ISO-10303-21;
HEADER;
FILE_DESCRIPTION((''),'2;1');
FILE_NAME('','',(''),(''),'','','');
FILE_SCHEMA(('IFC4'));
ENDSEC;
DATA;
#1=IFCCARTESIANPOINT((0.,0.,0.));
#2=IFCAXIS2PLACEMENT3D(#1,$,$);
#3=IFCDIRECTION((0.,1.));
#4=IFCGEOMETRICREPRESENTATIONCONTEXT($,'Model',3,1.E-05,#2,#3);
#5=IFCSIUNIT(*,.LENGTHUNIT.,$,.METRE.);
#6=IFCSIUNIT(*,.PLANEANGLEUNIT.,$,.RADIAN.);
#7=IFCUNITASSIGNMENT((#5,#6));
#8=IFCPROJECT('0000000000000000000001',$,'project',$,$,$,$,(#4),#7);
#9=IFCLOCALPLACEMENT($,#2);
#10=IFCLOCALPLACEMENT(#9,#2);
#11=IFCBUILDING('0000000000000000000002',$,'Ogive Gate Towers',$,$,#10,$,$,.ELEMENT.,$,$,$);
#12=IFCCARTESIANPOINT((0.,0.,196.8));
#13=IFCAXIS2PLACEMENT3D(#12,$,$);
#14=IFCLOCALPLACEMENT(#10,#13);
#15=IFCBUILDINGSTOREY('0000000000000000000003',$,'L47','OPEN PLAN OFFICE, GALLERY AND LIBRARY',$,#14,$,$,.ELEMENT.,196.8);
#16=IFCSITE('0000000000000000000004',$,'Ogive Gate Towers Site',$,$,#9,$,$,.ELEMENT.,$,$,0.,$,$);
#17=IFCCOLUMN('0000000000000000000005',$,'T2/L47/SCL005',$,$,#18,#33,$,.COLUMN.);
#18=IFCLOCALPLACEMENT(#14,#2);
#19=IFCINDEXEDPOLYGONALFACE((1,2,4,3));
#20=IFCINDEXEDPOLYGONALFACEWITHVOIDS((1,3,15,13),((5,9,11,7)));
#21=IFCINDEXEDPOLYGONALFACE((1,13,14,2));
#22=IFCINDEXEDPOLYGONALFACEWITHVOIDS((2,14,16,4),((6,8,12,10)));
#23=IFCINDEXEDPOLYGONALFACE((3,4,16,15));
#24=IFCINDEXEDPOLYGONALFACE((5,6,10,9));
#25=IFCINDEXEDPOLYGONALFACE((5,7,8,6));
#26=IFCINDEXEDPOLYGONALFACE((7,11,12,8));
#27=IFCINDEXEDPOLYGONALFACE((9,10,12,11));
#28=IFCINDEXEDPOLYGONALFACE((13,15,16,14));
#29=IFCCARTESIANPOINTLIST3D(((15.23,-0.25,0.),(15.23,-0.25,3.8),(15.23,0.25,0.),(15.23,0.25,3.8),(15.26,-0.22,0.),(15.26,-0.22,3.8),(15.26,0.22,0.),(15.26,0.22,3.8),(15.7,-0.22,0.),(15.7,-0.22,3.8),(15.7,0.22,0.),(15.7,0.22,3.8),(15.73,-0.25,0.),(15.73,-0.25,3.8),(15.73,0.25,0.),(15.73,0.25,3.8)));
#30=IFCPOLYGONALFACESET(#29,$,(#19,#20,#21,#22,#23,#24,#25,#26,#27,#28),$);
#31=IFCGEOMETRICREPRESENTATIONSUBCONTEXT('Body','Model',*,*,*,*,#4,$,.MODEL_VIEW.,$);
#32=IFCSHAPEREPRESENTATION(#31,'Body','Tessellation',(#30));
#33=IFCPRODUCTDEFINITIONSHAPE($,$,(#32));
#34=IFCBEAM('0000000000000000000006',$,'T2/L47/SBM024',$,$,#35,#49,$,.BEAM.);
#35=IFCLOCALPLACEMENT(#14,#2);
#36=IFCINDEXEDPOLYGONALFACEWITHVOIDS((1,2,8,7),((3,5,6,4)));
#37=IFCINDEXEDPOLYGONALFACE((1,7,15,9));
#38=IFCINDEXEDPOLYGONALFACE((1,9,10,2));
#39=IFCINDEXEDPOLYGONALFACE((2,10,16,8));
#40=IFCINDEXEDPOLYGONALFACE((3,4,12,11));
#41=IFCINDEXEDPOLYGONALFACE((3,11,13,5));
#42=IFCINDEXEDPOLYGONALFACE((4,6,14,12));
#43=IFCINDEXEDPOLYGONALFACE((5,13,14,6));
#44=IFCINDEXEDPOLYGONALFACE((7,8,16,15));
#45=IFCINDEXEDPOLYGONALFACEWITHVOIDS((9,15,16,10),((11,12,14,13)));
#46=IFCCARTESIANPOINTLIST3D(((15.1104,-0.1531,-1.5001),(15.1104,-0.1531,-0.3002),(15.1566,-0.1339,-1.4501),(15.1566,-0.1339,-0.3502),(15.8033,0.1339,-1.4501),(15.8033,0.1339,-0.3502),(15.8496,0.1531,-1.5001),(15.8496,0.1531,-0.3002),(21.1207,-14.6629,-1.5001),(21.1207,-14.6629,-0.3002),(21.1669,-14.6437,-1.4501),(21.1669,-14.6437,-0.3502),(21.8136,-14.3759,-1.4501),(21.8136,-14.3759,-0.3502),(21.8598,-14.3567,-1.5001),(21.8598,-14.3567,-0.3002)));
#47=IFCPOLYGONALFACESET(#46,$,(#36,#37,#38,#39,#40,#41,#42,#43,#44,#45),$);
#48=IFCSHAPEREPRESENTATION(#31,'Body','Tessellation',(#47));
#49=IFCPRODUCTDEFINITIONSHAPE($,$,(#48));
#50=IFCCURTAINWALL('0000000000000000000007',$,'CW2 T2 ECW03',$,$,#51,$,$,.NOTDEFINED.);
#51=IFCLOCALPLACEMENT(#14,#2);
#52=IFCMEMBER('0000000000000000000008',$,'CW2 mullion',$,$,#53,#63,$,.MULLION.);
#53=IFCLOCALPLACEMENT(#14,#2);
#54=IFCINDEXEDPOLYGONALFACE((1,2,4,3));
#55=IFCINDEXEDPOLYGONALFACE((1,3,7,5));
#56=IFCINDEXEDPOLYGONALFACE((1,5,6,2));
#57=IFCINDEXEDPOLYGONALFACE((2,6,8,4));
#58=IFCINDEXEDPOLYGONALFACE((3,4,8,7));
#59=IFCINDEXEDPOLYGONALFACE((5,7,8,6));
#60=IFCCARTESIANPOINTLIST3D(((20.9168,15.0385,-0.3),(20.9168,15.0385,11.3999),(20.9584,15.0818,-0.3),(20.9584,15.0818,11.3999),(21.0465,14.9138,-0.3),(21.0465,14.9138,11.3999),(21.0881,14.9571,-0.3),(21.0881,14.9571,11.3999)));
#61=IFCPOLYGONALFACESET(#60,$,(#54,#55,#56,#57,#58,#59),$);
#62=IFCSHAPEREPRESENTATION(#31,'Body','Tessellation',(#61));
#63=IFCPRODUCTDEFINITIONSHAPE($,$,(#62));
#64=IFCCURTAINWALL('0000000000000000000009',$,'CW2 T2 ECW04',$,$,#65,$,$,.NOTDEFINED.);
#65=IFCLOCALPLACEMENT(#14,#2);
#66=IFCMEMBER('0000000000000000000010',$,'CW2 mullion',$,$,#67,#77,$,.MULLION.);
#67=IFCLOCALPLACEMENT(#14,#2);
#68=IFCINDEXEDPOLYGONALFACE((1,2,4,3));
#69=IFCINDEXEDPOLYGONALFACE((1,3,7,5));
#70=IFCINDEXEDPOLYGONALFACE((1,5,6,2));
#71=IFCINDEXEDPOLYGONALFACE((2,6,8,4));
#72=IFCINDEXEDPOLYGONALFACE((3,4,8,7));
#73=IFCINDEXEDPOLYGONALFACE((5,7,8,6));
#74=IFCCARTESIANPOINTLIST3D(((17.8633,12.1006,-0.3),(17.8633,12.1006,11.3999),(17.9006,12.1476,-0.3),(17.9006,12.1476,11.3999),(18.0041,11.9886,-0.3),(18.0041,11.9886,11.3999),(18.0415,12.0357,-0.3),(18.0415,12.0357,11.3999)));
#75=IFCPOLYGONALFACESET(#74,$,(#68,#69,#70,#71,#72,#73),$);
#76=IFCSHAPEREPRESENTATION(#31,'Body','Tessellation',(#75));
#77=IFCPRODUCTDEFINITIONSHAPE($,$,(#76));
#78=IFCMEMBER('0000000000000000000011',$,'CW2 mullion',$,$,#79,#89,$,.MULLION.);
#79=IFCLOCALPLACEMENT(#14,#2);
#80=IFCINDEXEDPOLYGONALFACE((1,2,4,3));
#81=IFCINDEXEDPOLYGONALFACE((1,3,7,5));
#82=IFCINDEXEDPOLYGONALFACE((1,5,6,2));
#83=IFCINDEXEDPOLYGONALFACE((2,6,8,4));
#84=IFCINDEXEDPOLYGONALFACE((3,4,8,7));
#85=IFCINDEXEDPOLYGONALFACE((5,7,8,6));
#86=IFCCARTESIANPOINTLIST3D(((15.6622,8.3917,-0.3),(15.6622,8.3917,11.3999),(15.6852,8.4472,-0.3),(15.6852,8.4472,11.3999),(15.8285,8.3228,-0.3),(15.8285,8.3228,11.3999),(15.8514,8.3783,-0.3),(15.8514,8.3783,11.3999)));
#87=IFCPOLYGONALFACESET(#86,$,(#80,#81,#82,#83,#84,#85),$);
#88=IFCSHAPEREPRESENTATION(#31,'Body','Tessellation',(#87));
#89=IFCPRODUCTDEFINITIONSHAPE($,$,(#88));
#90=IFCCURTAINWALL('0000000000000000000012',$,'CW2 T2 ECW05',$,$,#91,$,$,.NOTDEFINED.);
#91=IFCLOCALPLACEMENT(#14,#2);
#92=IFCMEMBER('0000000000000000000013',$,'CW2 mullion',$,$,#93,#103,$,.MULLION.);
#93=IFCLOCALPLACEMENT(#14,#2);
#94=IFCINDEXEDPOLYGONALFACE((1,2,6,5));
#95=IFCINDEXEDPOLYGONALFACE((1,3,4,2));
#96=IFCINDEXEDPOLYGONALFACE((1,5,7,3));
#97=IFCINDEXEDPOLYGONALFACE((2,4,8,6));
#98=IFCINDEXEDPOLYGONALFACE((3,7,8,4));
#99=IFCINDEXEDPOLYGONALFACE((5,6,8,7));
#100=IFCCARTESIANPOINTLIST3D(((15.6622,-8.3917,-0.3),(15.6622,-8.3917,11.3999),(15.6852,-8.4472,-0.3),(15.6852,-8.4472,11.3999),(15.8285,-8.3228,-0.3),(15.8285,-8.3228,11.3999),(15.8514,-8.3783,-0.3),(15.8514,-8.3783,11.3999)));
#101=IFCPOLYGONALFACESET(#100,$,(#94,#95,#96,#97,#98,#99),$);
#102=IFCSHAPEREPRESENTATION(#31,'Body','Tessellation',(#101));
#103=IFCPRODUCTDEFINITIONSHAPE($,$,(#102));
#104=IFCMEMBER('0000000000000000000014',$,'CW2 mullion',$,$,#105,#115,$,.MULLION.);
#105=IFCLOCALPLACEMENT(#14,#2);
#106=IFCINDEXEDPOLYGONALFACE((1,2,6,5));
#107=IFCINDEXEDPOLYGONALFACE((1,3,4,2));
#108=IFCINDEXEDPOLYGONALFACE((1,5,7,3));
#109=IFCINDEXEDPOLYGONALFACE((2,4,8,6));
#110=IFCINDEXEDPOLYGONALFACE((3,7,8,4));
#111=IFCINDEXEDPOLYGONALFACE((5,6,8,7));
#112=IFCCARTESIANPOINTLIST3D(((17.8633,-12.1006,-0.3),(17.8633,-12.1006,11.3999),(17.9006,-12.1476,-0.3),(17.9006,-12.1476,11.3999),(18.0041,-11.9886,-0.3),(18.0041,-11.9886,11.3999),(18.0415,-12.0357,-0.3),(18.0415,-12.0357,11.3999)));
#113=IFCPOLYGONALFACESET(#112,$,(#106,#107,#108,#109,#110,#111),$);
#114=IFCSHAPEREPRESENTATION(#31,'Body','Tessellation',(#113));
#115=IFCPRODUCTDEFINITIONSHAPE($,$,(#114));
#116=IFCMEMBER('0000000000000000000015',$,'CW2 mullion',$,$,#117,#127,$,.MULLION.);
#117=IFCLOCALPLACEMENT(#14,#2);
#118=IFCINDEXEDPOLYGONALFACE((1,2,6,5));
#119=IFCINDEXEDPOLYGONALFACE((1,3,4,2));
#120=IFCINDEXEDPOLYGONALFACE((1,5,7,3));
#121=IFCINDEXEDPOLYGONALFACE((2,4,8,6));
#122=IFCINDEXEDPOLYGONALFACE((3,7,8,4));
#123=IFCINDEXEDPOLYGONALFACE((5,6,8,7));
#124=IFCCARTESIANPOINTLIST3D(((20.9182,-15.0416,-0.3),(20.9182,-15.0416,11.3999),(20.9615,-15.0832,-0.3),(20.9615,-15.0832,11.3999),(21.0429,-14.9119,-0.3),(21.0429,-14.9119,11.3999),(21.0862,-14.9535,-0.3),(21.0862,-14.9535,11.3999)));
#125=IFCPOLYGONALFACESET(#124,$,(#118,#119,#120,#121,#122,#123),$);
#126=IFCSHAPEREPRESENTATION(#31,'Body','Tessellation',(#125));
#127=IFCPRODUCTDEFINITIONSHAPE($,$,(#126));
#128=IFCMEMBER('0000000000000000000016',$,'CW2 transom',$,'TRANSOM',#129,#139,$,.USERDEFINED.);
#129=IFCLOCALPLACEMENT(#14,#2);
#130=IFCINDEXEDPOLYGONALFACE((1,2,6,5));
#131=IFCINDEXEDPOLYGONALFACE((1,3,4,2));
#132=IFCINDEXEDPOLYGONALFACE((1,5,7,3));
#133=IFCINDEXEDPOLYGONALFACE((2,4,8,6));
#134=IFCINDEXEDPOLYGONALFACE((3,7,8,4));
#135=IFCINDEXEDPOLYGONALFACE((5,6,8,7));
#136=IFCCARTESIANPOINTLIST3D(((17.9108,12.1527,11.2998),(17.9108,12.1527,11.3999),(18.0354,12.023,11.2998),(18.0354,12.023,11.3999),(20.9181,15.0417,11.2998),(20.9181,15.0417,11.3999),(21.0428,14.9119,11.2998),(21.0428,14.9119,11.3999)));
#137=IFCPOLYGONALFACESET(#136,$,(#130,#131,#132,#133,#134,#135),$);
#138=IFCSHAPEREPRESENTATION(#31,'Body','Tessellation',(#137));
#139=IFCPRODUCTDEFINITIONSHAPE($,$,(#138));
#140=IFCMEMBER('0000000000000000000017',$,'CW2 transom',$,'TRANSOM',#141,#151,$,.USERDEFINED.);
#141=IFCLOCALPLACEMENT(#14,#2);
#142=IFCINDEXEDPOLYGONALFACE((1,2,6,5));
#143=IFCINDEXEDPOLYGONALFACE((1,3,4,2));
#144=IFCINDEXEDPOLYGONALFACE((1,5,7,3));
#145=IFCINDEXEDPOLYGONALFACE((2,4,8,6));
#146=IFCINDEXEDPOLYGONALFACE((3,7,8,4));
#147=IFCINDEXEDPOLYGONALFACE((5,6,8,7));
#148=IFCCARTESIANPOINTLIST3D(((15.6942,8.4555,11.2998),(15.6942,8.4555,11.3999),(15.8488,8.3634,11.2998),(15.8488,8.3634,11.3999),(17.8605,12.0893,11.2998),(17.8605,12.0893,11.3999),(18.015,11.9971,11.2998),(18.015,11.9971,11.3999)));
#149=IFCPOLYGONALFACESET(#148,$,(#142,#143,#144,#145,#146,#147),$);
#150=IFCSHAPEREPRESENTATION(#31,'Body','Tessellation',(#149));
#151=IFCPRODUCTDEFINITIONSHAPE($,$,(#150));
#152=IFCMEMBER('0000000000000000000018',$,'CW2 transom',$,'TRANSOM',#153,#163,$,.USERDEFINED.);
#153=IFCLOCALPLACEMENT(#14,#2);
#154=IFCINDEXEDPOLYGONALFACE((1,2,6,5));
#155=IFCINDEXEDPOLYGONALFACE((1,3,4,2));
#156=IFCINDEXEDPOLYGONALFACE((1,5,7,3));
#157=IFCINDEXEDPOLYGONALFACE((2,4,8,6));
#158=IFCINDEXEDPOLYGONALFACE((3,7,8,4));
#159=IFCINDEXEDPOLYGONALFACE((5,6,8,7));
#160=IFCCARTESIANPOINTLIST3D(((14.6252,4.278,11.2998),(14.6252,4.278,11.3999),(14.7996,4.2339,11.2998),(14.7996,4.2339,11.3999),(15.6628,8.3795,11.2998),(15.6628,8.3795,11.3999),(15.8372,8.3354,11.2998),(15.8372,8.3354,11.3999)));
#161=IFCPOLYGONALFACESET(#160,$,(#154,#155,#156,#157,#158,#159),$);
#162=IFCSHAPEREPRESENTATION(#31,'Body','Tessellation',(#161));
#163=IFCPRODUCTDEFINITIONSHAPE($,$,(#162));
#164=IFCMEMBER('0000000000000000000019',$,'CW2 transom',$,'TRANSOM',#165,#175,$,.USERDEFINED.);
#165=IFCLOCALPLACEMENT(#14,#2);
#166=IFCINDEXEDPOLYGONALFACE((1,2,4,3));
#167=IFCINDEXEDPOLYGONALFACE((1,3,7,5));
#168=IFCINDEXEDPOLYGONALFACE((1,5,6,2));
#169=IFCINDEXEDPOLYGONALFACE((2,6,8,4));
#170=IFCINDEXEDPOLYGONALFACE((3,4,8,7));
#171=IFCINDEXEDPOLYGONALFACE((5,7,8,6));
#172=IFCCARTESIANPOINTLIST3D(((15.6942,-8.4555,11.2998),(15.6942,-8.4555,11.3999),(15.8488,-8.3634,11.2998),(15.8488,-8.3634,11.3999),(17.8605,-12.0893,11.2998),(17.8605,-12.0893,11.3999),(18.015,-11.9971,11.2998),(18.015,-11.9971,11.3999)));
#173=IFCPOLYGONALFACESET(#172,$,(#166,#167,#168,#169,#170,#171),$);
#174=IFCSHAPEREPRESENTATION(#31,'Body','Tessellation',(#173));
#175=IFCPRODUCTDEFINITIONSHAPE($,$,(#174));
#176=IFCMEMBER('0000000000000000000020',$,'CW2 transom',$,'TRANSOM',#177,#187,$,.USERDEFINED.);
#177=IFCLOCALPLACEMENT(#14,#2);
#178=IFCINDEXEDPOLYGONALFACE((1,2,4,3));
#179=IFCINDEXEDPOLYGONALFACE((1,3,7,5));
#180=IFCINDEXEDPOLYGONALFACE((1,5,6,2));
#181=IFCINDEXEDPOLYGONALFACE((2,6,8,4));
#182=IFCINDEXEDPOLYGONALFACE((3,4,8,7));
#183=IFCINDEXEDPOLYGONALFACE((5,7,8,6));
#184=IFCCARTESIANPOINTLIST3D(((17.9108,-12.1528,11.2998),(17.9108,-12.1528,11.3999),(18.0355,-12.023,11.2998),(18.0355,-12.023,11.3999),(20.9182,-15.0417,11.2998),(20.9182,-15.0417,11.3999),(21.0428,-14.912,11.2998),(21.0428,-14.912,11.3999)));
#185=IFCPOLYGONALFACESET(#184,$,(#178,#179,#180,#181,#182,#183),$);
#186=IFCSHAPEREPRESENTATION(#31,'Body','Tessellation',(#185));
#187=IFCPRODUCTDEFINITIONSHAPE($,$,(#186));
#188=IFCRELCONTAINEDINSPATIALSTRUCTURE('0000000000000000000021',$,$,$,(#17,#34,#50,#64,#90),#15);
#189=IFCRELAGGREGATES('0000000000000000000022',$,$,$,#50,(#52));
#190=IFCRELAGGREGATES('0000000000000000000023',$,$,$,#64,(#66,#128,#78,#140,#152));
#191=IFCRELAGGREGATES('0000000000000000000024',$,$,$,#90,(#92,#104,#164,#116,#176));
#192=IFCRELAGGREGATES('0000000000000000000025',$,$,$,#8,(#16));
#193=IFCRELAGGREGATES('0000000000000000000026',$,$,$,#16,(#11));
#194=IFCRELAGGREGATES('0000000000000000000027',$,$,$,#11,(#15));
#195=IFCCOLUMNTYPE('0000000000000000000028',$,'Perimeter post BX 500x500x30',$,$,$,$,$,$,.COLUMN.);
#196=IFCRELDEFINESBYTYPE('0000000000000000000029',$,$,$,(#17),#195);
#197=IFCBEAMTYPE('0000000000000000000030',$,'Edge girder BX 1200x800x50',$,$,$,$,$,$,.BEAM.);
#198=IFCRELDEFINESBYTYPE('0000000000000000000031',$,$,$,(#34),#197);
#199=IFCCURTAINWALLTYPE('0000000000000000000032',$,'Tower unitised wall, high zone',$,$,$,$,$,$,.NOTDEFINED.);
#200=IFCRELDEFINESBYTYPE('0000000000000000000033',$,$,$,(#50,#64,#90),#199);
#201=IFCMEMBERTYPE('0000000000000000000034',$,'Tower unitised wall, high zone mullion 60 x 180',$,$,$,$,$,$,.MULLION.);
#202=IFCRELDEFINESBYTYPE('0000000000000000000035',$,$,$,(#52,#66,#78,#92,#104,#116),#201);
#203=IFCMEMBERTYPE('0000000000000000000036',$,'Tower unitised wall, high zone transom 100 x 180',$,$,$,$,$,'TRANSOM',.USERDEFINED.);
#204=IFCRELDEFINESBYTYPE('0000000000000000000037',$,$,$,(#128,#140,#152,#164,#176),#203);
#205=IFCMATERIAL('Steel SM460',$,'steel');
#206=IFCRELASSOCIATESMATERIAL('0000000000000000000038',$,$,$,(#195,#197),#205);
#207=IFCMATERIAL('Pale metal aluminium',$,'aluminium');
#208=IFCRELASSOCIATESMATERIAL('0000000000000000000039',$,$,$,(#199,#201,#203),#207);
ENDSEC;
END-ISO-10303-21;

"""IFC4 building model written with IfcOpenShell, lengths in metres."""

from ifc_helpers import new_model, si_unit, direction, frame, origin, origin_2d, place, context, subcontext, project, spatial, rectangle, hollow_rectangle, extrude, material, material_profile, profile_set, type_object, element, aggregate, save


model = new_model("IFC4")

# Units and contexts
model_context = context("Model", 3, precision=1e-05, world=origin(), true_north=direction((0.0, 1.0)))
body_context = subcontext(model_context, "Body", "Model", "MODEL_VIEW")
ifc_project = project(units=[si_unit("LENGTHUNIT", "METRE"), si_unit("PLANEANGLEUNIT", "RADIAN")], contexts=[model_context])

# Site, building, storey
site_placement = place(None, origin())
site = spatial("IfcSite", under=ifc_project, at=site_placement, Name="Ogive Gate Towers Site", CompositionType="ELEMENT", RefElevation=0.0)
building_placement = place(site_placement, origin())
building = spatial("IfcBuilding", under=site, at=building_placement, Name="Ogive Gate Towers", CompositionType="ELEMENT")
storey_placement = place(building_placement, frame((0.0, 0.0, 196.8)))
storey = spatial("IfcBuildingStorey", under=building, at=storey_placement, Name="L47", Description="OPEN PLAN OFFICE, GALLERY AND LIBRARY", CompositionType="ELEMENT", Elevation=196.8)

# Column
ifc_material_1 = material(Name="Steel SM460", Category="steel")
ifc_material_profile_1 = material_profile(ifc_material_1, hollow_rectangle(XDim=0.5, YDim=0.5, WallThickness=0.03, at=origin_2d()), Name="BX 500x500x30")
ifc_profile_set_1 = profile_set([ifc_material_profile_1], Name="Steel SM460")
column_type = type_object("IfcColumnType", Name="Perimeter post BX 500x500x30", PredefinedType="COLUMN", material=ifc_profile_set_1)
column_placement = place(storey_placement, frame((15.48, 0.0, 0.0), z_axis=(0.0, 0.0, 1.0), x_axis=(1.0, 0.0, 0.0)))
element("IfcColumn", 1, at=column_placement, inside=storey, type_object=column_type, Name="T2/L47/SCL005", PredefinedType="COLUMN", context=body_context, shape_type="SweptSolid", body=[
    extrude(hollow_rectangle(XDim=0.5, YDim=0.5, WallThickness=0.03, at=origin_2d()), origin(), (0.0, 0.0, 1.0), 3.8),
])

# Beam
ifc_material_profile_2 = material_profile(ifc_material_1, hollow_rectangle(XDim=0.8, YDim=1.2, WallThickness=0.05, at=origin_2d()), Name="BX 1200x800x50")
ifc_profile_set_2 = profile_set([ifc_material_profile_2], Name="Steel SM460")
beam_type = type_object("IfcBeamType", Name="Edge girder BX 1200x800x50", PredefinedType="BEAM", material=ifc_profile_set_2)
beam_placement = place(storey_placement, frame((15.48, 0.0, -0.9001), z_axis=(0.38269, -0.923877, 0.0), x_axis=(0.923877, 0.38269, 0.0)))
element("IfcBeam", 2, at=beam_placement, inside=storey, type_object=beam_type, Name="T2/L47/SBM024", PredefinedType="BEAM", context=body_context, shape_type="SweptSolid", body=[
    extrude(hollow_rectangle(XDim=0.8, YDim=1.2, WallThickness=0.05, at=origin_2d()), origin(), (0.0, 0.0, 1.0), 15.7053),
])

# Curtain wall, member
ifc_material_2 = material(Name="Pale metal aluminium", Category="aluminium")
curtain_wall_type = type_object("IfcCurtainWallType", Name="Tower unitised wall, high zone", PredefinedType="NOTDEFINED", material=ifc_material_2)
curtain_wall_1_placement = place(storey_placement, origin())
curtain_wall_1 = element("IfcCurtainWall", 3, at=curtain_wall_1_placement, inside=storey, type_object=curtain_wall_type, Name="CW2 T2 ECW03", PredefinedType="NOTDEFINED")
ifc_material_profile_3 = material_profile(ifc_material_2, rectangle(XDim=0.1799, YDim=0.0601, at=origin_2d()), Name="60 x 180 aluminium box")
ifc_profile_set_3 = profile_set([ifc_material_profile_3], Name="Pale metal aluminium")
member_type_1 = type_object("IfcMemberType", Name="Tower unitised wall, high zone mullion 60 x 180", PredefinedType="MULLION", material=ifc_profile_set_3)
member_1_placement = place(storey_placement, frame((21.0024, 14.9978, -0.3), z_axis=(0.0, 0.0, 1.0), x_axis=(-0.721144, 0.692785, 0.0)))
member_1 = element("IfcMember", 4, at=member_1_placement, type_object=member_type_1, Name="CW2 mullion", PredefinedType="MULLION", context=body_context, shape_type="SweptSolid", body=[
    extrude(rectangle(XDim=0.1799, YDim=0.0601, at=origin_2d()), origin(), (0.0, 0.0, 1.0), 11.7),
])
aggregate(curtain_wall_1, [member_1])

# Curtain walls, members
curtain_wall_2_placement = place(storey_placement, origin())
curtain_wall_2 = element("IfcCurtainWall", 5, at=curtain_wall_2_placement, inside=storey, type_object=curtain_wall_type, Name="CW2 T2 ECW04", PredefinedType="NOTDEFINED")
member_2_placement = place(storey_placement, frame((17.9524, 12.0681, -0.3), z_axis=(0.0, 0.0, 1.0), x_axis=(-0.78288, 0.622173, 0.0)))
member_2 = element("IfcMember", 6, at=member_2_placement, type_object=member_type_1, Name="CW2 mullion", PredefinedType="MULLION", context=body_context, shape_type="SweptSolid", body=[
    extrude(rectangle(XDim=0.1799, YDim=0.0601, at=origin_2d()), origin(), (0.0, 0.0, 1.0), 11.7),
])
member_3_placement = place(storey_placement, frame((15.7568, 8.385, -0.3), z_axis=(0.0, 0.0, 1.0), x_axis=(-0.92388, 0.382683, 0.0)))
member_3 = element("IfcMember", 7, at=member_3_placement, type_object=member_type_1, Name="CW2 mullion", PredefinedType="MULLION", context=body_context, shape_type="SweptSolid", body=[
    extrude(rectangle(XDim=0.1799, YDim=0.0601, at=origin_2d()), origin(), (0.0, 0.0, 1.0), 11.7),
])
curtain_wall_3_placement = place(storey_placement, origin())
curtain_wall_3 = element("IfcCurtainWall", 8, at=curtain_wall_3_placement, inside=storey, type_object=curtain_wall_type, Name="CW2 T2 ECW05", PredefinedType="NOTDEFINED")
member_4_placement = place(storey_placement, frame((15.7568, -8.385, -0.3), z_axis=(0.0, 0.0, 1.0), x_axis=(-0.92388, -0.382683, 0.0)))
member_4 = element("IfcMember", 9, at=member_4_placement, type_object=member_type_1, Name="CW2 mullion", PredefinedType="MULLION", context=body_context, shape_type="SweptSolid", body=[
    extrude(rectangle(XDim=0.1799, YDim=0.0601, at=origin_2d()), origin(), (0.0, 0.0, 1.0), 11.7),
])
member_5_placement = place(storey_placement, frame((17.9524, -12.0681, -0.3), z_axis=(0.0, 0.0, 1.0), x_axis=(-0.78288, -0.622173, 0.0)))
member_5 = element("IfcMember", 10, at=member_5_placement, type_object=member_type_1, Name="CW2 mullion", PredefinedType="MULLION", context=body_context, shape_type="SweptSolid", body=[
    extrude(rectangle(XDim=0.1799, YDim=0.0601, at=origin_2d()), origin(), (0.0, 0.0, 1.0), 11.7),
])
member_6_placement = place(storey_placement, frame((21.0022, -14.9976, -0.3), z_axis=(0.0, 0.0, 1.0), x_axis=(-0.692785, -0.721144, 0.0)))
member_6 = element("IfcMember", 11, at=member_6_placement, type_object=member_type_1, Name="CW2 mullion", PredefinedType="MULLION", context=body_context, shape_type="SweptSolid", body=[
    extrude(rectangle(XDim=0.1799, YDim=0.0601, at=origin_2d()), origin(), (0.0, 0.0, 1.0), 11.7),
])

# Members
ifc_material_profile_4 = material_profile(ifc_material_2, rectangle(XDim=0.1799, YDim=0.1001, at=origin_2d()), Name="100 x 180 aluminium box")
ifc_profile_set_4 = profile_set([ifc_material_profile_4], Name="Pale metal aluminium")
member_type_2 = type_object("IfcMemberType", Name="Tower unitised wall, high zone transom 100 x 180", ElementType="TRANSOM", PredefinedType="USERDEFINED", material=ifc_profile_set_4)
member_7_placement = place(storey_placement, frame((20.9805, 14.9768, 11.3499), z_axis=(-0.721161, -0.692767, 0.0), x_axis=(0.692767, -0.721161, 0.0)))
member_7 = element("IfcMember", 12, at=member_7_placement, type_object=member_type_2, Name="CW2 transom", ObjectType="TRANSOM", PredefinedType="USERDEFINED", context=body_context, shape_type="SweptSolid", body=[
    extrude(rectangle(XDim=0.1799, YDim=0.1001, at=origin_2d()), origin(), (0.0, 0.0, 1.0), 4.1702),
])
member_8_placement = place(storey_placement, frame((17.9377, 12.0432, 11.3499), z_axis=(-0.512058, -0.858951, 0.0), x_axis=(0.858951, -0.512058, 0.0)))
member_8 = element("IfcMember", 13, at=member_8_placement, type_object=member_type_2, Name="CW2 transom", ObjectType="TRANSOM", PredefinedType="USERDEFINED", context=body_context, shape_type="SweptSolid", body=[
    extrude(rectangle(XDim=0.1799, YDim=0.1001, at=origin_2d()), origin(), (0.0, 0.0, 1.0), 4.2305),
])
member_9_placement = place(storey_placement, frame((15.75, 8.3574, 11.3499), z_axis=(-0.24525, -0.96946, 0.0), x_axis=(0.96946, -0.24525, 0.0)))
member_9 = element("IfcMember", 14, at=member_9_placement, type_object=member_type_2, Name="CW2 transom", ObjectType="TRANSOM", PredefinedType="USERDEFINED", context=body_context, shape_type="SweptSolid", body=[
    extrude(rectangle(XDim=0.1799, YDim=0.1001, at=origin_2d()), origin(), (0.0, 0.0, 1.0), 4.2307),
])
member_10_placement = place(storey_placement, frame((15.7715, -8.4094, 11.3499), z_axis=(0.512058, -0.858951, 0.0), x_axis=(0.858951, 0.512058, 0.0)))
member_10 = element("IfcMember", 15, at=member_10_placement, type_object=member_type_2, Name="CW2 transom", ObjectType="TRANSOM", PredefinedType="USERDEFINED", context=body_context, shape_type="SweptSolid", body=[
    extrude(rectangle(XDim=0.1799, YDim=0.1001, at=origin_2d()), origin(), (0.0, 0.0, 1.0), 4.2305),
])
member_11_placement = place(storey_placement, frame((17.9731, -12.0879, 11.3499), z_axis=(0.721161, -0.692767, 0.0), x_axis=(0.692767, 0.721161, 0.0)))
member_11 = element("IfcMember", 16, at=member_11_placement, type_object=member_type_2, Name="CW2 transom", ObjectType="TRANSOM", PredefinedType="USERDEFINED", context=body_context, shape_type="SweptSolid", body=[
    extrude(rectangle(XDim=0.1799, YDim=0.1001, at=origin_2d()), origin(), (0.0, 0.0, 1.0), 4.1702),
])

aggregate(curtain_wall_2, [member_2, member_7, member_3, member_8, member_9])
aggregate(curtain_wall_3, [member_4, member_5, member_10, member_6, member_11])

save(model, "model.ifc")
